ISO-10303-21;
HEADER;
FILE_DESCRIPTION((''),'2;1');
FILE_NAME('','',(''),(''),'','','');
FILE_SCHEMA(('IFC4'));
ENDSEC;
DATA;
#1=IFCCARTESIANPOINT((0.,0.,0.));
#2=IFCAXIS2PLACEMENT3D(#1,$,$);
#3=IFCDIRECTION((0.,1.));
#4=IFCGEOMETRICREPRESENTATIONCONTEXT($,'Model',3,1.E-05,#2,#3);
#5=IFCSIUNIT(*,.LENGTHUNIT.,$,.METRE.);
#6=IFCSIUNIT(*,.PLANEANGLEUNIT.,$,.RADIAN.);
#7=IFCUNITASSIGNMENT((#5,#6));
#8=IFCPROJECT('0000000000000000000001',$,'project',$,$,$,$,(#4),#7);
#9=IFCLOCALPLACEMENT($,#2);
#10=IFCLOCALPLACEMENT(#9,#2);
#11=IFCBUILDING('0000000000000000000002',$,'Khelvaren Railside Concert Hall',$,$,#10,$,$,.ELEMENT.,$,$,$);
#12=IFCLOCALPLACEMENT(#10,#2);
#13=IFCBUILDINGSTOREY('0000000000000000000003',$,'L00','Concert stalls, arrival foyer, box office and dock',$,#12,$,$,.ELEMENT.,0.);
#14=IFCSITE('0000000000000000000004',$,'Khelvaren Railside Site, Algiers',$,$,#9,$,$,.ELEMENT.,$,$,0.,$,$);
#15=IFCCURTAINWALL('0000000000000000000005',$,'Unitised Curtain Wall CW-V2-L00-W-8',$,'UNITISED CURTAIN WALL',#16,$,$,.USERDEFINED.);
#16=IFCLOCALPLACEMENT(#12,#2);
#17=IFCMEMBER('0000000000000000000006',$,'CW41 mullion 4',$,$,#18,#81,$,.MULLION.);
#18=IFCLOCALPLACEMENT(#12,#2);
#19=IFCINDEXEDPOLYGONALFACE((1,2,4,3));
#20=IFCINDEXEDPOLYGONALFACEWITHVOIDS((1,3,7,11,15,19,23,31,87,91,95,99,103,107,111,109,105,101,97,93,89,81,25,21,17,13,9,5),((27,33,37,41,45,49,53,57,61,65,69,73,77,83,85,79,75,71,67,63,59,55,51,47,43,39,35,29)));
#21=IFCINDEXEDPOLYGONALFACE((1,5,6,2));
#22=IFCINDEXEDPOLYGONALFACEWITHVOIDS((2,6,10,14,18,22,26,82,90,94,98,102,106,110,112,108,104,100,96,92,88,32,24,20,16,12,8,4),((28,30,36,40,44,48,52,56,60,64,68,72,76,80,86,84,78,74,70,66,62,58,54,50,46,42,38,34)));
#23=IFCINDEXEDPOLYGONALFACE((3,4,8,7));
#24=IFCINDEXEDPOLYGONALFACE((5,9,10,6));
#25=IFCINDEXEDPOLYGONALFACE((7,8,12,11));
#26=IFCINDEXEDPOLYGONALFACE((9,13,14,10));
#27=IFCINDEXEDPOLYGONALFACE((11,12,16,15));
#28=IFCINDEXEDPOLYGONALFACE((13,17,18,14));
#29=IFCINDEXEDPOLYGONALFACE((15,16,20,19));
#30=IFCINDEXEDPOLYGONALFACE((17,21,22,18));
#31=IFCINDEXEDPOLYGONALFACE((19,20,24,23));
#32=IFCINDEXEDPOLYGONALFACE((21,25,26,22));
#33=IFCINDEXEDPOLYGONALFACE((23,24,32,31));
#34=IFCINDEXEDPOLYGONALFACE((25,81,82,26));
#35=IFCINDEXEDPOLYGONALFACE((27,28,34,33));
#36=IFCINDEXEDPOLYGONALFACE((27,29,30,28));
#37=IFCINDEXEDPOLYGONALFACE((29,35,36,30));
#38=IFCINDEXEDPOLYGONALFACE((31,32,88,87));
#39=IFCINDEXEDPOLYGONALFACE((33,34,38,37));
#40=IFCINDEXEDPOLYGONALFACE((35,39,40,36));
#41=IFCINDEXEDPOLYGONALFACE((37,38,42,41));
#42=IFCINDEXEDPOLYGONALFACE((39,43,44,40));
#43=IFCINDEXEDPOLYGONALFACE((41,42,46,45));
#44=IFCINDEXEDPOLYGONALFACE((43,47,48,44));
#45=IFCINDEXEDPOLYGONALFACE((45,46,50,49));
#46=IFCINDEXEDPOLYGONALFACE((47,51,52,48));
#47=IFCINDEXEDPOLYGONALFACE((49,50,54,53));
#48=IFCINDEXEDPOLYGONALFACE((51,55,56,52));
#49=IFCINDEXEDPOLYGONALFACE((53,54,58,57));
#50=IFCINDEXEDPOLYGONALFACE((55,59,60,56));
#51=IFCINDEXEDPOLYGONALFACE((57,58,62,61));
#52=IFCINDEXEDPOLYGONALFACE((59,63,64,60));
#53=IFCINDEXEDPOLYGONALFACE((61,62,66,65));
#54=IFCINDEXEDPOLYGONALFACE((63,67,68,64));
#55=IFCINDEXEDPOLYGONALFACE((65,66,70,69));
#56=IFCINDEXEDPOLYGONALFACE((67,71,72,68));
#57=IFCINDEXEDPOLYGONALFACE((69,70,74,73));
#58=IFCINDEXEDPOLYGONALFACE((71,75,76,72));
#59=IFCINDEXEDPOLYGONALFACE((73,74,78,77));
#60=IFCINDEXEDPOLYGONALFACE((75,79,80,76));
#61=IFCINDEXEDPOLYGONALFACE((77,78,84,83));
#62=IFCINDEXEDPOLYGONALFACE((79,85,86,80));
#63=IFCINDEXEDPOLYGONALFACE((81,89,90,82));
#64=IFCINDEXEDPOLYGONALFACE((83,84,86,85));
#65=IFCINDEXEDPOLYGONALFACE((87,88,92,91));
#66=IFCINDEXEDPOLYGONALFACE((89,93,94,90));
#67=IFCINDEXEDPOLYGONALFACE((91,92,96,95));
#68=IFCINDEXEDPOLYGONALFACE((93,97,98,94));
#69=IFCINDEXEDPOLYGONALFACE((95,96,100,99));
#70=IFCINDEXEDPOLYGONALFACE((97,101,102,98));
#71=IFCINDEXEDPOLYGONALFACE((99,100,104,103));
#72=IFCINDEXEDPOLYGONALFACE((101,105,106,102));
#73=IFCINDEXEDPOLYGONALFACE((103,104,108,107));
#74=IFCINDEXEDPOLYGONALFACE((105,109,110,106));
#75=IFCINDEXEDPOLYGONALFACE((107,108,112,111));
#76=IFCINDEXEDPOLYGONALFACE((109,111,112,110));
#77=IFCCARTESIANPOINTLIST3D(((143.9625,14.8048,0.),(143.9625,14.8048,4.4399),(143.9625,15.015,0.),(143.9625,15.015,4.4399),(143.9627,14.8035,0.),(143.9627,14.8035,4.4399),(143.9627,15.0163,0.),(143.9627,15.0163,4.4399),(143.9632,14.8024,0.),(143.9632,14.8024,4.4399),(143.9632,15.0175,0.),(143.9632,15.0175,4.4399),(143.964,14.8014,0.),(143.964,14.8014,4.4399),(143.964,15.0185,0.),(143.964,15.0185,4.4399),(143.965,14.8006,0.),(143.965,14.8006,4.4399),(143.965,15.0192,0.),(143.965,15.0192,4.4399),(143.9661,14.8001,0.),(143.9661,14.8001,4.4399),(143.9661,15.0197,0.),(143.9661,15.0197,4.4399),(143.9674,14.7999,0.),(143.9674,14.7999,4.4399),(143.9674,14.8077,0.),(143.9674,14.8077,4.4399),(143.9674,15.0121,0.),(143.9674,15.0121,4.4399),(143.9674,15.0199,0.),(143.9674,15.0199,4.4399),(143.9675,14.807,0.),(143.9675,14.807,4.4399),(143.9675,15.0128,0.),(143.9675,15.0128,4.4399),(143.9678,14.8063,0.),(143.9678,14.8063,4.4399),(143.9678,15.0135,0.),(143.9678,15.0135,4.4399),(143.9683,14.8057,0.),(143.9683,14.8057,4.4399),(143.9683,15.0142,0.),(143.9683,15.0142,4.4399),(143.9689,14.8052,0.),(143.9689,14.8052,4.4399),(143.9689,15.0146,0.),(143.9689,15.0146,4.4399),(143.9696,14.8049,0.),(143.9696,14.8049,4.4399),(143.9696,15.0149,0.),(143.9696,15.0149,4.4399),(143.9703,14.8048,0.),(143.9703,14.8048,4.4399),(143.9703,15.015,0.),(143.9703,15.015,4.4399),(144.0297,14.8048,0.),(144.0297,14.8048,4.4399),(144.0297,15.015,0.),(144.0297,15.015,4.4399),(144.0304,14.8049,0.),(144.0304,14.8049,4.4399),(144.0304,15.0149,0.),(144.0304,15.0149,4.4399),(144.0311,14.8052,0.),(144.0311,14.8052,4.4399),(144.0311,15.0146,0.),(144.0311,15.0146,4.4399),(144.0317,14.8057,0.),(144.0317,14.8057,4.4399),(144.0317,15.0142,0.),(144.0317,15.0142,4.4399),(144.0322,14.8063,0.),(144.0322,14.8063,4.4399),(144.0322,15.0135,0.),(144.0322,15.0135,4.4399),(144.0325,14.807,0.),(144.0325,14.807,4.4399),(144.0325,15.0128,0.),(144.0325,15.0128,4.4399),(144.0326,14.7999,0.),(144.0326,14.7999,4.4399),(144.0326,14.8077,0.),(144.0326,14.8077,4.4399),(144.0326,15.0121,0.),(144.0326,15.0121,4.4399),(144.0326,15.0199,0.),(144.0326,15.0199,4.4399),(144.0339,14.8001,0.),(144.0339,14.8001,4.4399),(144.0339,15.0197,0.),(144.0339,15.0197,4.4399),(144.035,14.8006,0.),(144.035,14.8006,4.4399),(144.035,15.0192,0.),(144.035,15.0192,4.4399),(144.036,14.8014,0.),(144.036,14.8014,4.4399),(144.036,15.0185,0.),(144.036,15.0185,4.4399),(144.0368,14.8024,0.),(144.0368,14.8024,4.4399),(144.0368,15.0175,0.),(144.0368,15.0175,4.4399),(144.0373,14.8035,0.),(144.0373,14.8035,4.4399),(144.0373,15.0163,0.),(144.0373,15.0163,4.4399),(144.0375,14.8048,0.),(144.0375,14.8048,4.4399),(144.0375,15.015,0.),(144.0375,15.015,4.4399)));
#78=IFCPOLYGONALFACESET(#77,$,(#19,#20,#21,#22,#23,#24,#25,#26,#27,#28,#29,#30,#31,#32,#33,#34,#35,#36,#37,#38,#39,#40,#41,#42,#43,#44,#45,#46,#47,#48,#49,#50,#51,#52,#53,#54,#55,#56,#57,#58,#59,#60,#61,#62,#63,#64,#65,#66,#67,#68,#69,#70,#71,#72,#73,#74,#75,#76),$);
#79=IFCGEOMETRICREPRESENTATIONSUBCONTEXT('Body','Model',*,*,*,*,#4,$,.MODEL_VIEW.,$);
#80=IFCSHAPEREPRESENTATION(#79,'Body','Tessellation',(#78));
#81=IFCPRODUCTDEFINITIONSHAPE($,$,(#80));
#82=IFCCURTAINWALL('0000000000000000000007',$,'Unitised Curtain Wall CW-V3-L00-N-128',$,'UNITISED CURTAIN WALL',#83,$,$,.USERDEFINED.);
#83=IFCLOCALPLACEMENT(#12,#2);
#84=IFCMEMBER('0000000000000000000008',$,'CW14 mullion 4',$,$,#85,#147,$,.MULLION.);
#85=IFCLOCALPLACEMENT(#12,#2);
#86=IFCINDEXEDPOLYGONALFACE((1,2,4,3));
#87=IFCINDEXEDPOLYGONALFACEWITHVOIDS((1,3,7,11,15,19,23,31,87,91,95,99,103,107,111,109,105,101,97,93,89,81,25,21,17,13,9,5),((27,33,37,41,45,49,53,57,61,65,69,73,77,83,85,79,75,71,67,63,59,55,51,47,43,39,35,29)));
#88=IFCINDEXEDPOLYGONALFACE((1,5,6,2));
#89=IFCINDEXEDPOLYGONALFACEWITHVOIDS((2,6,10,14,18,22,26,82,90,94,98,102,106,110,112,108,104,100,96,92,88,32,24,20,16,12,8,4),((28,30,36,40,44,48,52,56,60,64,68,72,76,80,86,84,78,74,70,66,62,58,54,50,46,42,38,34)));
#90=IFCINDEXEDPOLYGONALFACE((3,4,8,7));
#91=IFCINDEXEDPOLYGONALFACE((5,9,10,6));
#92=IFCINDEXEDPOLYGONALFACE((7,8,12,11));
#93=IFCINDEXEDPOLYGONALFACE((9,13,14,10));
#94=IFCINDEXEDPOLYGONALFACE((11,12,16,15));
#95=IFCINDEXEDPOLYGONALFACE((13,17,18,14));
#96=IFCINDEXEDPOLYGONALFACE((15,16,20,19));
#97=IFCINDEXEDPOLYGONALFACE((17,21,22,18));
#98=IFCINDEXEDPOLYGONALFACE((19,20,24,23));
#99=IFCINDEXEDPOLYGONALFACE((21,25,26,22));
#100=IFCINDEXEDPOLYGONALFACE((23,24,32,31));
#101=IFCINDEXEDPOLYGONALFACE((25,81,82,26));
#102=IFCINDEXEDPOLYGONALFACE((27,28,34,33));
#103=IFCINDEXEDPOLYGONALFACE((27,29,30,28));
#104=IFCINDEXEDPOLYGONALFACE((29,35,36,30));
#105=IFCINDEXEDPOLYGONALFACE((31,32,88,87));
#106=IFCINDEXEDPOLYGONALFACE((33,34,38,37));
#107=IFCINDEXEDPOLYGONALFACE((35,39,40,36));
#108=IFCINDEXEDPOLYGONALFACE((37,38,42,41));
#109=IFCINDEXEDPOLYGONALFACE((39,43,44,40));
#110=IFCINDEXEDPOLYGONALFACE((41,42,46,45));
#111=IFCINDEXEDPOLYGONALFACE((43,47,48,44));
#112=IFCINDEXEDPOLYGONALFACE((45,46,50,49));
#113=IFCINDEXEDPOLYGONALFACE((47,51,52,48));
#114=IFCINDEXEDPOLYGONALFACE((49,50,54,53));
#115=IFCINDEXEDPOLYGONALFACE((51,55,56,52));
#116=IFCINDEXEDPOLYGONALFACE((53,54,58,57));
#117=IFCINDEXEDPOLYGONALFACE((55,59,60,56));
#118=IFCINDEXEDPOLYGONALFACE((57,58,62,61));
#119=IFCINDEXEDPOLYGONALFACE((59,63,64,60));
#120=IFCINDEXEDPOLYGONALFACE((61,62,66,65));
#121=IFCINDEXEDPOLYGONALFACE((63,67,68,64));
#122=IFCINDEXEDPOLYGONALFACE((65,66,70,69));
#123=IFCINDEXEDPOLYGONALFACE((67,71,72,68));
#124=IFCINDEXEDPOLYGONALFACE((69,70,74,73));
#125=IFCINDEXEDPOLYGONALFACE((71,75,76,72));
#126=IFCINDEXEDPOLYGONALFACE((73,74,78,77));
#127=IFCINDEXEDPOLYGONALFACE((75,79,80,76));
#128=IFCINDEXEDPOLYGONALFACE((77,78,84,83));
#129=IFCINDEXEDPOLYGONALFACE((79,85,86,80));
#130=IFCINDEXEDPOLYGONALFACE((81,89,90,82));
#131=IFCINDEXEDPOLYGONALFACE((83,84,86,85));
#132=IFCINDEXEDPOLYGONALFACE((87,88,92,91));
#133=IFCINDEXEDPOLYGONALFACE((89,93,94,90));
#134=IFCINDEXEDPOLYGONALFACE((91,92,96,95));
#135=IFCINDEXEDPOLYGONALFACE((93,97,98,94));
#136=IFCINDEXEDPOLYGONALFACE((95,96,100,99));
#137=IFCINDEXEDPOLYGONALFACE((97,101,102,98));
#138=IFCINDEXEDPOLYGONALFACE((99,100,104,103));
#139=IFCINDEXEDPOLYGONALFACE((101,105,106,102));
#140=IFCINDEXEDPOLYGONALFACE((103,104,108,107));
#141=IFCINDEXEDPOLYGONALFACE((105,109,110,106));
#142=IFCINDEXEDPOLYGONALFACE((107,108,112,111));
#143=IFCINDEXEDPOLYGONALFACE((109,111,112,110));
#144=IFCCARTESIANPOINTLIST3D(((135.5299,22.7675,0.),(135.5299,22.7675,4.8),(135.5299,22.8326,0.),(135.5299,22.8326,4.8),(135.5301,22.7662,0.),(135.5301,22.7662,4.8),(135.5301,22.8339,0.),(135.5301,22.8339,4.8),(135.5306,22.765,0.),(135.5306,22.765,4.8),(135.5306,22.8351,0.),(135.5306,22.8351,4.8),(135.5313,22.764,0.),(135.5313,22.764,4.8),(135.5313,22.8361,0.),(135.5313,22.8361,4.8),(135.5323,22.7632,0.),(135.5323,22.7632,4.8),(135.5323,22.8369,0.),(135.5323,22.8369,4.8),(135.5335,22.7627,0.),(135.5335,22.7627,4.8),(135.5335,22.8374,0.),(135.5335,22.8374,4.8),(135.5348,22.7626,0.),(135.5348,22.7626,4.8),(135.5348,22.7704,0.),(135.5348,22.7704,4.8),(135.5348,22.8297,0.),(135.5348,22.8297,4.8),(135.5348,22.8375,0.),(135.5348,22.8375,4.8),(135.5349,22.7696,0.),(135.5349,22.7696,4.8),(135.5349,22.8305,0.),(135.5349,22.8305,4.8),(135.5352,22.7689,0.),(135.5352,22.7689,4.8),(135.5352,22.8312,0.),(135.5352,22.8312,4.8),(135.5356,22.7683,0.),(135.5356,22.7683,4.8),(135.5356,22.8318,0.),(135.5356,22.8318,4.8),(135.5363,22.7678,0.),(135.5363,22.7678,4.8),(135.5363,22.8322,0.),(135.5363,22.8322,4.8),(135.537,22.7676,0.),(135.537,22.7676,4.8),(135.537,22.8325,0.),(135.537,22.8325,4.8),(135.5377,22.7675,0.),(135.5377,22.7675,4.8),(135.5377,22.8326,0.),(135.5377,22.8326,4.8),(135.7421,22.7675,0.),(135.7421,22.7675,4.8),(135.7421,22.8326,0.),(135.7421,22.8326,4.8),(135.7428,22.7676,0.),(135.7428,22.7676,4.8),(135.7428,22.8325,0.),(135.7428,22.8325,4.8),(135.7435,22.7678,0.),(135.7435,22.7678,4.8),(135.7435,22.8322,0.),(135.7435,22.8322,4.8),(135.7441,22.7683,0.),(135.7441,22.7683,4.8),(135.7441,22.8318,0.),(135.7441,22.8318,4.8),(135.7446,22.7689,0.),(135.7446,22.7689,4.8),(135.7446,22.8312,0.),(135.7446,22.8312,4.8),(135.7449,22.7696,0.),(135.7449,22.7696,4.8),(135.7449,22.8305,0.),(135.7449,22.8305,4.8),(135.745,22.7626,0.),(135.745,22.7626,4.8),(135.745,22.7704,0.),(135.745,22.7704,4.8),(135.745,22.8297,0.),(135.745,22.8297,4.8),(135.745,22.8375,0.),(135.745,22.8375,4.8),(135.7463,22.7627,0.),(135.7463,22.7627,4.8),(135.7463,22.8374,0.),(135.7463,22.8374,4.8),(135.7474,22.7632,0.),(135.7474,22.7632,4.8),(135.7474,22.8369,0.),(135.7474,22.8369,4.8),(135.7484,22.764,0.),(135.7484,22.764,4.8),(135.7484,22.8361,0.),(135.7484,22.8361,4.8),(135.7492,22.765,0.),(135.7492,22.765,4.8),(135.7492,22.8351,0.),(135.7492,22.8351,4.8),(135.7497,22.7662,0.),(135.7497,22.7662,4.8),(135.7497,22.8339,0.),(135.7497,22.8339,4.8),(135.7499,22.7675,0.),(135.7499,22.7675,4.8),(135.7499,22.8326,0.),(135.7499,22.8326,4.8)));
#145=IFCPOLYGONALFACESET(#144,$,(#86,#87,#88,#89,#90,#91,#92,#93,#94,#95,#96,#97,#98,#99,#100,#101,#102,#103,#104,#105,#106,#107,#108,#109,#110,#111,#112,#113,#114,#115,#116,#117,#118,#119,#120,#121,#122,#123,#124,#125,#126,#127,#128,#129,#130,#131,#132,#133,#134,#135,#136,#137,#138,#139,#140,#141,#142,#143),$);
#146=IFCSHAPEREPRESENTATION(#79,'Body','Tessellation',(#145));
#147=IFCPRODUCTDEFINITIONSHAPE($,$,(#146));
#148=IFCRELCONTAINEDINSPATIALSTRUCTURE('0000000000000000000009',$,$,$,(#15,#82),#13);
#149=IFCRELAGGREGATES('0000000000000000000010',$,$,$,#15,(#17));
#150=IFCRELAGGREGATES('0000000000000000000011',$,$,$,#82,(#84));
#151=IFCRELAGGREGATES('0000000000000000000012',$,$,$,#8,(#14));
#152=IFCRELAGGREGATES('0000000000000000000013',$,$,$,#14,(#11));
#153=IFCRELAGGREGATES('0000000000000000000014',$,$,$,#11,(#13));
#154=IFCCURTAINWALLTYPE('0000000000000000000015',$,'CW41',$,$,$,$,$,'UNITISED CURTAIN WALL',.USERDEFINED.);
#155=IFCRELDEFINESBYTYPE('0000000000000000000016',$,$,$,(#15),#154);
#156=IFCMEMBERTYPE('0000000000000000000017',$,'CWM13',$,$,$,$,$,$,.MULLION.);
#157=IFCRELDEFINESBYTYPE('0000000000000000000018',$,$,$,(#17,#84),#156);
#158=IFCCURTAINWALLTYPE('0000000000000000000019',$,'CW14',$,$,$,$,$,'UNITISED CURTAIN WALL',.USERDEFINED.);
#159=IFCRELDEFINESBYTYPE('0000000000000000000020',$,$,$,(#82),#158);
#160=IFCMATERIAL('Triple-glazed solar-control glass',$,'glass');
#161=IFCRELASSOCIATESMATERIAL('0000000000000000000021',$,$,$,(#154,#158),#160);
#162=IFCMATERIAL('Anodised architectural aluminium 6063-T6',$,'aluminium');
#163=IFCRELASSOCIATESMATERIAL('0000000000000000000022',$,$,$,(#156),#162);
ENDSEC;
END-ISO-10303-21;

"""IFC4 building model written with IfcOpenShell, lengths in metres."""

from ifc_helpers import new_model, si_unit, direction, frame, origin, origin_2d, place, context, subcontext, project, spatial, hollow_rectangle, extrude, material, material_profile, profile_set, type_object, element, aggregate, save


model = new_model("IFC4")

# Units and contexts
model_context = context("Model", 3, precision=1e-05, world=origin(), true_north=direction((0.0, 1.0)))
body_context = subcontext(model_context, "Body", "Model", "MODEL_VIEW")
ifc_project = project(units=[si_unit("LENGTHUNIT", "METRE"), si_unit("PLANEANGLEUNIT", "RADIAN")], contexts=[model_context])

# Site, building, storey
site_placement = place(None, origin())
site = spatial("IfcSite", under=ifc_project, at=site_placement, Name="Khelvaren Railside Site, Algiers", CompositionType="ELEMENT", RefElevation=0.0)
building_placement = place(site_placement, origin())
building = spatial("IfcBuilding", under=site, at=building_placement, Name="Khelvaren Railside Concert Hall", CompositionType="ELEMENT")
storey_placement = place(building_placement, origin())
storey = spatial("IfcBuildingStorey", under=building, at=storey_placement, Name="L00", Description="Concert stalls, arrival foyer, box office and dock", CompositionType="ELEMENT", Elevation=0.0)

# Curtain walls, members
ifc_material_1 = material(Name="Triple-glazed solar-control glass", Category="glass")
curtain_wall_type_1 = type_object("IfcCurtainWallType", Name="CW41", ElementType="UNITISED CURTAIN WALL", PredefinedType="USERDEFINED", material=ifc_material_1)
curtain_wall_1_placement = place(storey_placement, origin())
curtain_wall_1 = element("IfcCurtainWall", 1, at=curtain_wall_1_placement, inside=storey, type_object=curtain_wall_type_1, Name="Unitised Curtain Wall CW-V2-L00-W-8", ObjectType="UNITISED CURTAIN WALL", PredefinedType="USERDEFINED")
ifc_material_2 = material(Name="Anodised architectural aluminium 6063-T6", Category="aluminium")
ifc_material_profile_1 = material_profile(ifc_material_2, hollow_rectangle(XDim=0.075, YDim=0.22, WallThickness=0.0049, InnerFilletRadius=0.0029, OuterFilletRadius=0.0049, at=origin_2d()), Name="CWM 75x220x5")
ifc_profile_set_1 = profile_set([ifc_material_profile_1], Name="Anodised architectural aluminium 6063-T6")
member_type_1 = type_object("IfcMemberType", Name="CWM13", PredefinedType="MULLION", material=ifc_profile_set_1)
member_1_placement = place(storey_placement, frame((144.0, 14.9099, 0.0), z_axis=(0.0, 0.0, 1.0), x_axis=(-1.0, 0.0, 0.0)))
member_1 = element("IfcMember", 2, at=member_1_placement, type_object=member_type_1, Name="CW41 mullion 4", PredefinedType="MULLION", context=body_context, shape_type="SweptSolid", body=[
    extrude(hollow_rectangle(XDim=0.075, YDim=0.22, WallThickness=0.0049, InnerFilletRadius=0.0029, OuterFilletRadius=0.0049, at=origin_2d()), origin(), (0.0, 0.0, 1.0), 4.4399),
])
curtain_wall_type_2 = type_object("IfcCurtainWallType", Name="CW14", ElementType="UNITISED CURTAIN WALL", PredefinedType="USERDEFINED", material=ifc_material_1)
curtain_wall_2_placement = place(storey_placement, origin())
curtain_wall_2 = element("IfcCurtainWall", 3, at=curtain_wall_2_placement, inside=storey, type_object=curtain_wall_type_2, Name="Unitised Curtain Wall CW-V3-L00-N-128", ObjectType="UNITISED CURTAIN WALL", PredefinedType="USERDEFINED")
member_2_placement = place(storey_placement, frame((135.6399, 22.8, 0.0), z_axis=(0.0, 0.0, 1.0), x_axis=(0.0, 1.0, 0.0)))
member_2 = element("IfcMember", 4, at=member_2_placement, type_object=member_type_1, Name="CW14 mullion 4", PredefinedType="MULLION", context=body_context, shape_type="SweptSolid", body=[
    extrude(hollow_rectangle(XDim=0.075, YDim=0.22, WallThickness=0.0049, InnerFilletRadius=0.0029, OuterFilletRadius=0.0049, at=origin_2d()), origin(), (0.0, 0.0, 1.0), 4.8),
])

aggregate(curtain_wall_1, [member_1])
aggregate(curtain_wall_2, [member_2])

save(model, "model.ifc")
